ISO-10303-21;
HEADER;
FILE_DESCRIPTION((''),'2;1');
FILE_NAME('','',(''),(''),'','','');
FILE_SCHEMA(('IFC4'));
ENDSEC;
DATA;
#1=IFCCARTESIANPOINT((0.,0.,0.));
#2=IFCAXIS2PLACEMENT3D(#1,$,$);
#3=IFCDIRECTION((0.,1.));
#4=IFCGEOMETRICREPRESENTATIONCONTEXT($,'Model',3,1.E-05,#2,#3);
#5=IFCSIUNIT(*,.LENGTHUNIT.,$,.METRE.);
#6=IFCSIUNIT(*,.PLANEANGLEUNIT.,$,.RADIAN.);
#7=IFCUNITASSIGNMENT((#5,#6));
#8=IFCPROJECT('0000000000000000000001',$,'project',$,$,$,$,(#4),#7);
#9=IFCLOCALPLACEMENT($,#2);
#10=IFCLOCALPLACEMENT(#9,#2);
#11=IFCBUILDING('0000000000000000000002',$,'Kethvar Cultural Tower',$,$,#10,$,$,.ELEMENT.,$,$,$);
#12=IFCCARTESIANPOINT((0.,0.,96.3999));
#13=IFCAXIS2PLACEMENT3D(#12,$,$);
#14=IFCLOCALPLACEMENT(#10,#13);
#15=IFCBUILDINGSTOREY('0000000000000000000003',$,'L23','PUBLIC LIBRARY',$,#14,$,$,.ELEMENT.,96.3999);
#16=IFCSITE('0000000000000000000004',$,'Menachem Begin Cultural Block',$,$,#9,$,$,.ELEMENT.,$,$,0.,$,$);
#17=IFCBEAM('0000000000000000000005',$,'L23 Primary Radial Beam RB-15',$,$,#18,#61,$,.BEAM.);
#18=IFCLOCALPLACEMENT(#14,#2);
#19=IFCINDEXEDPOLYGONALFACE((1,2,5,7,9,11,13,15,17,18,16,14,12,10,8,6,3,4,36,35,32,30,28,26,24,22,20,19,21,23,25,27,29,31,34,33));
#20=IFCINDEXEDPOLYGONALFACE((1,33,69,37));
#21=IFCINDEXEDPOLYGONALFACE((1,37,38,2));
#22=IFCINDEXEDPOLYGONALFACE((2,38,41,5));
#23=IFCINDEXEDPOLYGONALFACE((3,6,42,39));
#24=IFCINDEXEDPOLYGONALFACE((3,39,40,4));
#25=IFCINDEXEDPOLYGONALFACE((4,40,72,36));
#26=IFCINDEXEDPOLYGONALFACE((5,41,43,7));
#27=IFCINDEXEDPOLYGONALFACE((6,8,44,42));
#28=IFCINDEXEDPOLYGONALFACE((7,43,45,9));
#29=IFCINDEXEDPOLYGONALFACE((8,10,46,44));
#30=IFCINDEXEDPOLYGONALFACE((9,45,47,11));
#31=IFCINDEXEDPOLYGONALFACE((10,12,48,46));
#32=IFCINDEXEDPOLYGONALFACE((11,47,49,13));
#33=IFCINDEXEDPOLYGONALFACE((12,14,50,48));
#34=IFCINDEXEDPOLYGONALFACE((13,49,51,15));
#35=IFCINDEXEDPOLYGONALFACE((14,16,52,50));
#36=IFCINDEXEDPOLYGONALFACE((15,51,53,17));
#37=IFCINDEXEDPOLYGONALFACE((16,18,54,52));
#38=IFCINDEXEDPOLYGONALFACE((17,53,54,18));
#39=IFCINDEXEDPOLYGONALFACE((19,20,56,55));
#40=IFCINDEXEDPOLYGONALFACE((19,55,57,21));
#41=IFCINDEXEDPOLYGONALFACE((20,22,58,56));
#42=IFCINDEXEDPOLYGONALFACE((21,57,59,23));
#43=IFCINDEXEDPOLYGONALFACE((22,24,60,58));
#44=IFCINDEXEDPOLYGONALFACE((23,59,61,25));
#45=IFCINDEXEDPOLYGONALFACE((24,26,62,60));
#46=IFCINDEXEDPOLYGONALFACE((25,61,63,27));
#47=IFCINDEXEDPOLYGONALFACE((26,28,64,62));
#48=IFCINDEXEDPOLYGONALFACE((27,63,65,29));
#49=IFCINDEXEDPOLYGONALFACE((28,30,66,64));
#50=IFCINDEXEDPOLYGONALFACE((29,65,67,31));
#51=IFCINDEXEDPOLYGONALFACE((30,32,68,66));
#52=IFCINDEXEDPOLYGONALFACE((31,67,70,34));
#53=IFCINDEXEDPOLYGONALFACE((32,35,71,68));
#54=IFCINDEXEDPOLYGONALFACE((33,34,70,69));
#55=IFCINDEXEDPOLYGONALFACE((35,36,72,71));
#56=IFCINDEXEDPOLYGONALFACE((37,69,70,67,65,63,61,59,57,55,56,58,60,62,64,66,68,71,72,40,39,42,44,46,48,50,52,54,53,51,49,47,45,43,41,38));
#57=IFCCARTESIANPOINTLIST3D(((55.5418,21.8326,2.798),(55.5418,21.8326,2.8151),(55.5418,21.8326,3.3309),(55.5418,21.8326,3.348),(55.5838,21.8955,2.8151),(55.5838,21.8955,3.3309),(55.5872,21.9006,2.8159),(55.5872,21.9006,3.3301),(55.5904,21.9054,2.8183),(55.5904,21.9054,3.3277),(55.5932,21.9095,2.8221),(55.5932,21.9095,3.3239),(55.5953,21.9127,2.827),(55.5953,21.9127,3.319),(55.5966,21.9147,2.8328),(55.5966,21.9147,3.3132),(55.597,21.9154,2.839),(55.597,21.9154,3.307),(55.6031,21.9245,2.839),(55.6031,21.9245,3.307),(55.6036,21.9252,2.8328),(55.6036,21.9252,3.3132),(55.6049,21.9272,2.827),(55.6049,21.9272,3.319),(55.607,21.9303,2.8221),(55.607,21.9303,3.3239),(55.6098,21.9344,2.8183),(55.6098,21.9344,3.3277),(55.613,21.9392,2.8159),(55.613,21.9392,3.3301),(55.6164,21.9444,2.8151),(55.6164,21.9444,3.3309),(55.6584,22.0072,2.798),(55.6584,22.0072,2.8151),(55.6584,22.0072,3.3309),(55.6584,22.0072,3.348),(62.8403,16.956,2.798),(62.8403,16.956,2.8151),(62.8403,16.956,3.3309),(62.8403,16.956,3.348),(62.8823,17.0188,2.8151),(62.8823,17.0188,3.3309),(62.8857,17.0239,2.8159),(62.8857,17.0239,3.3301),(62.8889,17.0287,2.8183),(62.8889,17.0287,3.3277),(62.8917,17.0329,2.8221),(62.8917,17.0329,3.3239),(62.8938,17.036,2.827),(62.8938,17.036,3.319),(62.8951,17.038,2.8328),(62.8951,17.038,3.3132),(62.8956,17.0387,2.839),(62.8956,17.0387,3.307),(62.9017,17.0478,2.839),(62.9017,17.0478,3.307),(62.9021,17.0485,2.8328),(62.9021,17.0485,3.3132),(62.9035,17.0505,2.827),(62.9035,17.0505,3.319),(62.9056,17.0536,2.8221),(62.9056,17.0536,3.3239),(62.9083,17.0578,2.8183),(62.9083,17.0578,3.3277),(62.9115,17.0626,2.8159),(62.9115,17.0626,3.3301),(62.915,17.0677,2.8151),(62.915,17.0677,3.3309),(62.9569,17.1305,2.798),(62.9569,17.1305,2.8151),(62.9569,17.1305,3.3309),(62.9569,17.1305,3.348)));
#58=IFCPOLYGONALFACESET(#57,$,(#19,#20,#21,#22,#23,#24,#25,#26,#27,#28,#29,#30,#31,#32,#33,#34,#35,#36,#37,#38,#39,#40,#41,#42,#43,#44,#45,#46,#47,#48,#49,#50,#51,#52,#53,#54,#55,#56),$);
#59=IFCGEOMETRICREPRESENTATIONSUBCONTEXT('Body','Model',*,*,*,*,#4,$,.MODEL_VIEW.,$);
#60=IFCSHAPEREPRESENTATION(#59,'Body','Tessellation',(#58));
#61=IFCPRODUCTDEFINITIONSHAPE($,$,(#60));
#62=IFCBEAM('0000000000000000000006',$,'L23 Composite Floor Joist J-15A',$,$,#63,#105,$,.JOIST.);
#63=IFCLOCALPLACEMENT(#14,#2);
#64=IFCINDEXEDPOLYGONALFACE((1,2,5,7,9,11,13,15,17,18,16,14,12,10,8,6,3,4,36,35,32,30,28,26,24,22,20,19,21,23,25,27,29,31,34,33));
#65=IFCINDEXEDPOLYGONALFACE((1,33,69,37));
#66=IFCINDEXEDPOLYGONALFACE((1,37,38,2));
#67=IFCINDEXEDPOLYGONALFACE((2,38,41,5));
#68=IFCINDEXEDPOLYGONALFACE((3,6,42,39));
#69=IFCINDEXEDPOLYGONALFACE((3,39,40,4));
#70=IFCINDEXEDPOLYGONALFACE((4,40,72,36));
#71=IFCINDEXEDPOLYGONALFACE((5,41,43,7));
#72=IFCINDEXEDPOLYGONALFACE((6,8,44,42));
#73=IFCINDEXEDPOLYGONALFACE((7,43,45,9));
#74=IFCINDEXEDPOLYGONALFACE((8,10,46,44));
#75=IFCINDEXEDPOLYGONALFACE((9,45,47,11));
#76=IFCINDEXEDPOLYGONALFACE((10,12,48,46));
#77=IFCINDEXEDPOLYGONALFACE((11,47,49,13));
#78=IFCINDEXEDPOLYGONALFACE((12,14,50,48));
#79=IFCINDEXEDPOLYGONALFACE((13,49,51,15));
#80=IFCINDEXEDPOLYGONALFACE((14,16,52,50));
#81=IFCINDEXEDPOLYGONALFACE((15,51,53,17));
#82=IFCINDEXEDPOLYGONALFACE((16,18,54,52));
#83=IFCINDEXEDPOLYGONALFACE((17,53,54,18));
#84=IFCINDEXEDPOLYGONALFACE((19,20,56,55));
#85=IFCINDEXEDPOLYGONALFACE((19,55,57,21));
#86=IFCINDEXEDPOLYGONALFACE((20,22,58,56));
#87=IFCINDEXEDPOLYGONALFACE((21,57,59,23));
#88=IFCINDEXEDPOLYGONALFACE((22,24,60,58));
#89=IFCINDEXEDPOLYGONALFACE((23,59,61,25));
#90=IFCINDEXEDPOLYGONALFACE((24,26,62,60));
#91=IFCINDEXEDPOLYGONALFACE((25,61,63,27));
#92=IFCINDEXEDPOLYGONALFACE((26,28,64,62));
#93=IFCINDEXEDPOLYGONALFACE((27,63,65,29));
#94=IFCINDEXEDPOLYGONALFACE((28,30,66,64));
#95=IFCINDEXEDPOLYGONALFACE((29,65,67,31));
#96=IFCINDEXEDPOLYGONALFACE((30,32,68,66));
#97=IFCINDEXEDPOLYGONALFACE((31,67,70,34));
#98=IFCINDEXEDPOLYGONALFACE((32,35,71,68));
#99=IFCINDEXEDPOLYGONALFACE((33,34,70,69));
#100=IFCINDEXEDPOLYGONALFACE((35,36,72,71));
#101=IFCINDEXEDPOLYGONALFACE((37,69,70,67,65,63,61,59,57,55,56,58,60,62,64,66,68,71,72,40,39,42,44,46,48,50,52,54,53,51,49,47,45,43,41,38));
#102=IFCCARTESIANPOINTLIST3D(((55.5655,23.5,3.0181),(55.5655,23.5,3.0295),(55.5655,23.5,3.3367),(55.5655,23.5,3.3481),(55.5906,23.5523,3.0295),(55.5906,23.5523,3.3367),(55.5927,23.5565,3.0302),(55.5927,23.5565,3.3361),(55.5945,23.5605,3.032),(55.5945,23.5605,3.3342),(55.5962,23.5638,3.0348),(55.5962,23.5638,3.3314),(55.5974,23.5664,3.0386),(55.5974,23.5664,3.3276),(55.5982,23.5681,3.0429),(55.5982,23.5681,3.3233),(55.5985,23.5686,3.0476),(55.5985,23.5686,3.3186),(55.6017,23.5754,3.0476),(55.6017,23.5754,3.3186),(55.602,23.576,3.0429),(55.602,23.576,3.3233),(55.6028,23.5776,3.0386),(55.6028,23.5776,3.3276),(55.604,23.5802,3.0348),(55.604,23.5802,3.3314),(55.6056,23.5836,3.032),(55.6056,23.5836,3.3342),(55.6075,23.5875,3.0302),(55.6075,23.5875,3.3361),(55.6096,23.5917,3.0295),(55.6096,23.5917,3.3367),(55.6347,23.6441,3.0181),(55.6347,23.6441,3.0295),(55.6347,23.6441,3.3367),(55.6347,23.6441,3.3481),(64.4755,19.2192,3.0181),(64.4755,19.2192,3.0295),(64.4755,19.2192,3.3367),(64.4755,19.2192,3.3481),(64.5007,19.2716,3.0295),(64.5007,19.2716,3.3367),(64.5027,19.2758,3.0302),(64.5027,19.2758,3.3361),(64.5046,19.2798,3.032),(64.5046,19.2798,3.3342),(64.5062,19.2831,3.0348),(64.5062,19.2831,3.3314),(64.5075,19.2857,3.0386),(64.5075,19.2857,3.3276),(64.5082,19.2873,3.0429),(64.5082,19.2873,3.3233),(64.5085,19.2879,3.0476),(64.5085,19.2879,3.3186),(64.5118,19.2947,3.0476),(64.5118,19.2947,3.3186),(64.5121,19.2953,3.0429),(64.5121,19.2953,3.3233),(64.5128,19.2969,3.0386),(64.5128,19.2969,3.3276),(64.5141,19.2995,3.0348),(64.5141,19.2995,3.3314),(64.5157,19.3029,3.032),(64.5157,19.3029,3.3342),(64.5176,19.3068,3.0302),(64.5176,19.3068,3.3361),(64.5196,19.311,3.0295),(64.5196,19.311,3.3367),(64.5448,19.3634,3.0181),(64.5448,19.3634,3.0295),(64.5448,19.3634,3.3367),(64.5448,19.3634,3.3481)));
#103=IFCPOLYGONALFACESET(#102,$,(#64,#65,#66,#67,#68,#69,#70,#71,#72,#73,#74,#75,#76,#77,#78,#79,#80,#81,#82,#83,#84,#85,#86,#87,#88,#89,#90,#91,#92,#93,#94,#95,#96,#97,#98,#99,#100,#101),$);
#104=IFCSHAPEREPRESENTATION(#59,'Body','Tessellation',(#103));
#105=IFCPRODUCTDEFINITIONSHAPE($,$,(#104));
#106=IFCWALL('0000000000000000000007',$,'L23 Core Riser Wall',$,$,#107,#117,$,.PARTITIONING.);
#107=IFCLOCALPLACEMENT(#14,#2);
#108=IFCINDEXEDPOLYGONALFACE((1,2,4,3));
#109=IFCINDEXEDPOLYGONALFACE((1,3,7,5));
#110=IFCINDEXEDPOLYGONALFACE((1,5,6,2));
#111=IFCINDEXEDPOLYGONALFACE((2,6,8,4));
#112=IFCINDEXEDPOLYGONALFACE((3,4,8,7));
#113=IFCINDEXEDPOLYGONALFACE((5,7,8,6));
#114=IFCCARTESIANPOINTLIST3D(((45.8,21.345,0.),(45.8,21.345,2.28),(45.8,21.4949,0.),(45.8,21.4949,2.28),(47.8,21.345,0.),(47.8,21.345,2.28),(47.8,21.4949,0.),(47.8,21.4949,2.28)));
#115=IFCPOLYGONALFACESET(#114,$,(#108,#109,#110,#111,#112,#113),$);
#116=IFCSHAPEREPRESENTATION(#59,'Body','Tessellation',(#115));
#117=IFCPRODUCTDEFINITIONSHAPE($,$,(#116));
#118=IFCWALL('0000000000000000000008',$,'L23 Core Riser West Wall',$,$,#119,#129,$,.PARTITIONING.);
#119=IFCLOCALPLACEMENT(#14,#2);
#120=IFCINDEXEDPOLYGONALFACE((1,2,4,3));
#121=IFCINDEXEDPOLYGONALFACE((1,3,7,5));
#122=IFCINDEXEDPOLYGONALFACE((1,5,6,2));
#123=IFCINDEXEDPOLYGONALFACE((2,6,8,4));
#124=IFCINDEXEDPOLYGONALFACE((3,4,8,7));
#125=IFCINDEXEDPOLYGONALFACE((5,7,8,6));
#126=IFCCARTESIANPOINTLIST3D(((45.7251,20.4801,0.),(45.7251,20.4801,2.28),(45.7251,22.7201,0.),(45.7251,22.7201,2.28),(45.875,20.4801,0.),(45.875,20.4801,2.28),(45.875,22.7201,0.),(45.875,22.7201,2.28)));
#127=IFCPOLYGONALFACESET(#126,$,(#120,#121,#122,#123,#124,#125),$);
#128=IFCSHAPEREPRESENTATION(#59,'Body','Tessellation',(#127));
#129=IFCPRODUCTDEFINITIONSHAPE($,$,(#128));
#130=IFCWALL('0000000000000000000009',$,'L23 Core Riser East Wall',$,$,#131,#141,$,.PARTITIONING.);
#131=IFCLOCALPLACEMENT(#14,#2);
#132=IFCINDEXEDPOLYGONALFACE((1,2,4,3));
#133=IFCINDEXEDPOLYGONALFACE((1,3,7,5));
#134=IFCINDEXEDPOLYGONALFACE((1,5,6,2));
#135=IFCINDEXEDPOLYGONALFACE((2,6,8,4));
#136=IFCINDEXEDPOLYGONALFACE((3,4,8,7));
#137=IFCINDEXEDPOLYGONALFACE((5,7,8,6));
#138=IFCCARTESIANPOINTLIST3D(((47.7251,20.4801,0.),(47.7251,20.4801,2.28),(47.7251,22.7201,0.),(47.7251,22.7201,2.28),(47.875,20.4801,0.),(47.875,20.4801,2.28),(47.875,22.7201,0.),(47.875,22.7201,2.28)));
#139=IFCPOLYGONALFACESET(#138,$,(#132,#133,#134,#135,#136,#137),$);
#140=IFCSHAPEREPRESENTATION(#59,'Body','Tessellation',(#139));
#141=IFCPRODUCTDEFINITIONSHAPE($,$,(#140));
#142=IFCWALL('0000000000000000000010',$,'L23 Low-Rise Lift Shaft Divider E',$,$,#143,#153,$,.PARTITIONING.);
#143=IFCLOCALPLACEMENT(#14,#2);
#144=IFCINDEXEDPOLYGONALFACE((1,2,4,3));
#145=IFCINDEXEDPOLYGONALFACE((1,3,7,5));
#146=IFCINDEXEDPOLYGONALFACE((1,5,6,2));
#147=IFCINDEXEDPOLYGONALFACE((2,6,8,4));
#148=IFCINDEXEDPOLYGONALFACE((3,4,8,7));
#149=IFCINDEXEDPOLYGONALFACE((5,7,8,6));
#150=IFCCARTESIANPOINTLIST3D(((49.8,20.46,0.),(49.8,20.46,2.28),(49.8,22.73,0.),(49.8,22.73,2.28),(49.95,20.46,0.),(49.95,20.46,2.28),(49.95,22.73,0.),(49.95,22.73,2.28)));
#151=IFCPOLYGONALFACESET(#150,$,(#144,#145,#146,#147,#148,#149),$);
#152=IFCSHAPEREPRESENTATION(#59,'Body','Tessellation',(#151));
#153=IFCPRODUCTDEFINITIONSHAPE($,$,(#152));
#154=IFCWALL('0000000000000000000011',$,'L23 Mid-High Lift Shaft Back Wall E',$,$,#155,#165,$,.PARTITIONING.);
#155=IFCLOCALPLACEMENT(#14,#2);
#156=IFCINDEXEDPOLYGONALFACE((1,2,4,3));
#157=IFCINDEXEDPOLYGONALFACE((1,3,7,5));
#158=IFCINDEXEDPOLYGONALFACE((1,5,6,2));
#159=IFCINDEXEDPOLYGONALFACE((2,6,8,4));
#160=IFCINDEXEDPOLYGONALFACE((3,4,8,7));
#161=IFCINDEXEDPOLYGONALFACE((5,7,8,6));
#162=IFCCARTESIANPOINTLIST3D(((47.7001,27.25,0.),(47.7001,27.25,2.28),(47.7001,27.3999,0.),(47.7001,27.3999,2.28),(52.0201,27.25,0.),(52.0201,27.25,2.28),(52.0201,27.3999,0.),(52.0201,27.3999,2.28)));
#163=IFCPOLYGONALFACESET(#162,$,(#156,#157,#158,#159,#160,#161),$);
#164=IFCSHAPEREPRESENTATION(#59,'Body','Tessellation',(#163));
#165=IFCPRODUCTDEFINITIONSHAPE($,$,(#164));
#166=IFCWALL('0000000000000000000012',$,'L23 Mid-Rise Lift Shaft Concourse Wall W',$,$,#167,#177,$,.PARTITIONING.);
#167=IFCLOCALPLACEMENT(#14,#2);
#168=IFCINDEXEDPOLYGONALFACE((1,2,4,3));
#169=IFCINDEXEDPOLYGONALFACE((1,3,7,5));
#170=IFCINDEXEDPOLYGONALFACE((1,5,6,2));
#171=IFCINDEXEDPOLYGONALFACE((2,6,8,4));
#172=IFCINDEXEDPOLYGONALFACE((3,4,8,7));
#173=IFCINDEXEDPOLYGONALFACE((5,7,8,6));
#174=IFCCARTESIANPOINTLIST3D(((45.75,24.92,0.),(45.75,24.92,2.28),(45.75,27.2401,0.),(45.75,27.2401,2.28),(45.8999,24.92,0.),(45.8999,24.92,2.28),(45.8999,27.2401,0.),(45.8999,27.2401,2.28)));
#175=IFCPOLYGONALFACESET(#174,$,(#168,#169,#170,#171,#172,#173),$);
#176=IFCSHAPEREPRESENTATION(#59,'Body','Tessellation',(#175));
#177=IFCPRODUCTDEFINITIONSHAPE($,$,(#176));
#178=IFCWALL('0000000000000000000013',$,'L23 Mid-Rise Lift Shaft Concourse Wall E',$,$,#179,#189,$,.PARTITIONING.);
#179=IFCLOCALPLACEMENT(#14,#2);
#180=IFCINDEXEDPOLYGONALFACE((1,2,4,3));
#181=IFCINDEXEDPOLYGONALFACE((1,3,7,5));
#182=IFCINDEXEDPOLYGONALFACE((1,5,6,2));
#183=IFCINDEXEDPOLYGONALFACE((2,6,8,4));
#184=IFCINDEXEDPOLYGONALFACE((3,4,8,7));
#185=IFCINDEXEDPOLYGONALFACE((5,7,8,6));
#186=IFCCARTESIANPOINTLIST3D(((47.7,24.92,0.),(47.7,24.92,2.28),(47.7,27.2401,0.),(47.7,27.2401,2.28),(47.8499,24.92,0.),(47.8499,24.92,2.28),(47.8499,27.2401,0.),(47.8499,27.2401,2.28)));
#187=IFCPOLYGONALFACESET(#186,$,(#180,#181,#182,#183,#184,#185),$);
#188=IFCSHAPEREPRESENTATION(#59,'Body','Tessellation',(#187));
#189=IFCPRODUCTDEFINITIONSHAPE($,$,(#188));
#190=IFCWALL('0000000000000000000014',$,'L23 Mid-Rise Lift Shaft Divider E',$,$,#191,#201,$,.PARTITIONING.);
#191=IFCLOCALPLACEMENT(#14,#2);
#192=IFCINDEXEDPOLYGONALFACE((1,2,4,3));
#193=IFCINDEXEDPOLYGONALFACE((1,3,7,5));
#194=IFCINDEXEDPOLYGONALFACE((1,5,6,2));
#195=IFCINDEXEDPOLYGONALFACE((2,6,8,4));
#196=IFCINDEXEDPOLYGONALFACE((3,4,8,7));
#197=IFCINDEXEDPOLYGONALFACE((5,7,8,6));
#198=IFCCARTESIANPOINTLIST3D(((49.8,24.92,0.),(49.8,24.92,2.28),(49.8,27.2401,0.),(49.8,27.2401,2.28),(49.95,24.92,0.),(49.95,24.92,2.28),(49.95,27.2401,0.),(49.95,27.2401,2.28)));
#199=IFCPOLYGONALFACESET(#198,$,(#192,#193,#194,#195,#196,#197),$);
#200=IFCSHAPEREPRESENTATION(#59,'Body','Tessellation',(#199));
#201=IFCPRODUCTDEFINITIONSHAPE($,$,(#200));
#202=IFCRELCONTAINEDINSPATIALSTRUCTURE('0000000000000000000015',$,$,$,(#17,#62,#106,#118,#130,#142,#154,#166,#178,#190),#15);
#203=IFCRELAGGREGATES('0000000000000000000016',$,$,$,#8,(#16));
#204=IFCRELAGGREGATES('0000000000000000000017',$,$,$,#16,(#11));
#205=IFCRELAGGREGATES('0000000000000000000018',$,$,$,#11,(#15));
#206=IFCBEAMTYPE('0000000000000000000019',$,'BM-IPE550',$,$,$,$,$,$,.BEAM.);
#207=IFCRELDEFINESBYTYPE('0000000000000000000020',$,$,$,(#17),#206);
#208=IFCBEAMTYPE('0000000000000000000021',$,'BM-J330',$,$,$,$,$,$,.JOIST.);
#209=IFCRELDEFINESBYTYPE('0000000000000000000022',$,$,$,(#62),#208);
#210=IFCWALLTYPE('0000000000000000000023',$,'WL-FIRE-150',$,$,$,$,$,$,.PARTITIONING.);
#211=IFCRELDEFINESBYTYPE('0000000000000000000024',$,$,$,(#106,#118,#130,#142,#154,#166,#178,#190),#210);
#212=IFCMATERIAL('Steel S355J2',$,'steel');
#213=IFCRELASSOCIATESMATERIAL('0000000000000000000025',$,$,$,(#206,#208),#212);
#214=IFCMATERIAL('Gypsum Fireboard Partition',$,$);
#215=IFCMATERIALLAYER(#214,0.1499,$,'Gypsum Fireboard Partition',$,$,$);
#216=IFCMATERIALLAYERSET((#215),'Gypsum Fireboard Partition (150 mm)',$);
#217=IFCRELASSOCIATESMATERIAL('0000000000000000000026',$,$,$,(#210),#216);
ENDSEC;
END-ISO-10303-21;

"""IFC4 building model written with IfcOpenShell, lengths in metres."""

from ifc_helpers import new_model, si_unit, direction, frame, frame_2d, origin, origin_2d, place, context, subcontext, project, spatial, rectangle, i_section, extrude, source, transform, mapped, material, layer, layer_set, material_profile, profile_set, type_object, element, save


model = new_model("IFC4")

# Units and contexts
model_context = context("Model", 3, precision=1e-05, world=origin(), true_north=direction((0.0, 1.0)))
body_context = subcontext(model_context, "Body", "Model", "MODEL_VIEW")
ifc_project = project(units=[si_unit("LENGTHUNIT", "METRE"), si_unit("PLANEANGLEUNIT", "RADIAN")], contexts=[model_context])

# Site, building, storey
site_placement = place(None, origin())
site = spatial("IfcSite", under=ifc_project, at=site_placement, Name="Menachem Begin Cultural Block", CompositionType="ELEMENT", RefElevation=0.0)
building_placement = place(site_placement, origin())
building = spatial("IfcBuilding", under=site, at=building_placement, Name="Kethvar Cultural Tower", CompositionType="ELEMENT")
storey_placement = place(building_placement, frame((0.0, 0.0, 96.3999)))
storey = spatial("IfcBuildingStorey", under=building, at=storey_placement, Name="L23", Description="PUBLIC LIBRARY", CompositionType="ELEMENT", Elevation=96.3999)

# Beams
ifc_material_1 = material(Name="Steel S355J2", Category="steel")
ifc_material_profile_1 = material_profile(ifc_material_1, i_section(OverallWidth=0.21, OverallDepth=0.55, WebThickness=0.011, FlangeThickness=0.0171, FilletRadius=0.0239, at=origin_2d()), Name="Steel S355J2 — IPE550")
ifc_profile_set_1 = profile_set([ifc_material_profile_1], Name="Steel S355J2 — IPE550")
beam_type_1 = type_object("IfcBeamType", Name="BM-IPE550", PredefinedType="BEAM", material=ifc_profile_set_1)
shared_shape_1 = source(origin(), body_context, "Body", "SweptSolid", [
    extrude(i_section(OverallWidth=0.21, OverallDepth=0.55, WebThickness=0.011, FlangeThickness=0.0171, FilletRadius=0.0239, at=origin_2d()), origin(), (0.0, 0.0, 1.0), 8.7778),
])
beam_1_placement = place(storey_placement, frame((55.6001, 21.9199, 3.073), z_axis=(0.831472, -0.555566, 0.0), x_axis=(0.555566, 0.831472, 0.0)))
element("IfcBeam", 1, at=beam_1_placement, inside=storey, type_object=beam_type_1, Name="L23 Primary Radial Beam RB-15", PredefinedType="BEAM", context=body_context, shape_type="MappedRepresentation", body=[
    mapped(shared_shape_1, transform((0.0, 0.0, 0.0), scale=1.0)),
])
ifc_material_profile_2 = material_profile(ifc_material_1, i_section(OverallWidth=0.1599, OverallDepth=0.3301, WebThickness=0.0076, FlangeThickness=0.0115, FilletRadius=0.0181, at=origin_2d()), Name="Steel S355J2 — IPE330")
ifc_profile_set_2 = profile_set([ifc_material_profile_2], Name="Steel S355J2 — IPE330")
beam_type_2 = type_object("IfcBeamType", Name="BM-J330", PredefinedType="JOIST", material=ifc_profile_set_2)
shared_shape_2 = source(origin(), body_context, "Body", "SweptSolid", [
    extrude(i_section(OverallWidth=0.1599, OverallDepth=0.3301, WebThickness=0.0076, FlangeThickness=0.0115, FilletRadius=0.0181, at=origin_2d()), origin(), (0.0, 0.0, 1.0), 9.885),
])
beam_2_placement = place(storey_placement, frame((55.6001, 23.572, 3.1831), z_axis=(0.90137, -0.433051, 0.0), x_axis=(0.433051, 0.90137, 0.0)))
element("IfcBeam", 2, at=beam_2_placement, inside=storey, type_object=beam_type_2, Name="L23 Composite Floor Joist J-15A", PredefinedType="JOIST", context=body_context, shape_type="MappedRepresentation", body=[
    mapped(shared_shape_2, transform((0.0, 0.0, 0.0), scale=1.0)),
])

# Walls
ifc_material_2 = material(Name="Gypsum Fireboard Partition")
ifc_layer_1 = layer(ifc_material_2, 0.1499, Name="Gypsum Fireboard Partition")
ifc_layer_set_1 = layer_set([ifc_layer_1], Name="Gypsum Fireboard Partition (150 mm)")
wall_type_1 = type_object("IfcWallType", Name="WL-FIRE-150", PredefinedType="PARTITIONING", material=ifc_layer_set_1)
wall_1_placement = place(storey_placement, frame((45.8, 21.4199, 0.0), z_axis=(0.0, 0.0, 1.0), x_axis=(1.0, 0.0, 0.0)))
element("IfcWall", 3, at=wall_1_placement, inside=storey, type_object=wall_type_1, Name="L23 Core Riser Wall", PredefinedType="PARTITIONING", context=body_context, shape_type="SweptSolid", body=[
    extrude(rectangle(XDim=2.0, YDim=0.1499, at=frame_2d((1.0, 0.0))), origin(), (0.0, 0.0, 1.0), 2.28),
])
for number, where, z_axis, x_axis, name in (
    (4, (45.8, 20.48, 0.0), (0.0, 0.0, 1.0), (0.0, 1.0, 0.0), "L23 Core Riser West Wall"),
    (5, (47.8, 20.48, 0.0), (0.0, 0.0, 1.0), (0.0, 1.0, 0.0), "L23 Core Riser East Wall"),
):
    element("IfcWall", number, at=place(storey_placement, frame(where, z_axis=z_axis, x_axis=x_axis)), inside=storey, type_object=wall_type_1, Name=name, PredefinedType="PARTITIONING", context=body_context, shape_type="SweptSolid", body=[
        extrude(rectangle(XDim=2.24, YDim=0.1499, at=frame_2d((1.1201, 0.0))), origin(), (0.0, 0.0, 1.0), 2.28),
    ])
wall_2_placement = place(storey_placement, frame((49.875, 20.46, 0.0), z_axis=(0.0, 0.0, 1.0), x_axis=(0.0, 1.0, 0.0)))
element("IfcWall", 6, at=wall_2_placement, inside=storey, type_object=wall_type_1, Name="L23 Low-Rise Lift Shaft Divider E", PredefinedType="PARTITIONING", context=body_context, shape_type="SweptSolid", body=[
    extrude(rectangle(XDim=2.27, YDim=0.1499, at=frame_2d((1.135, 0.0))), origin(), (0.0, 0.0, 1.0), 2.28),
])
wall_3_placement = place(storey_placement, frame((47.7, 27.325, 0.0), z_axis=(0.0, 0.0, 1.0), x_axis=(1.0, 0.0, 0.0)))
element("IfcWall", 7, at=wall_3_placement, inside=storey, type_object=wall_type_1, Name="L23 Mid-High Lift Shaft Back Wall E", PredefinedType="PARTITIONING", context=body_context, shape_type="SweptSolid", body=[
    extrude(rectangle(XDim=4.3201, YDim=0.1499, at=frame_2d((2.1602, 0.0))), origin(), (0.0, 0.0, 1.0), 2.28),
])
for number, where, z_axis, x_axis, name in (
    (8, (45.825, 24.9199, 0.0), (0.0, 0.0, 1.0), (0.0, 1.0, 0.0), "L23 Mid-Rise Lift Shaft Concourse Wall W"),
    (9, (47.7749, 24.9199, 0.0), (0.0, 0.0, 1.0), (0.0, 1.0, 0.0), "L23 Mid-Rise Lift Shaft Concourse Wall E"),
    (10, (49.875, 24.9199, 0.0), (0.0, 0.0, 1.0), (0.0, 1.0, 0.0), "L23 Mid-Rise Lift Shaft Divider E"),
):
    element("IfcWall", number, at=place(storey_placement, frame(where, z_axis=z_axis, x_axis=x_axis)), inside=storey, type_object=wall_type_1, Name=name, PredefinedType="PARTITIONING", context=body_context, shape_type="SweptSolid", body=[
        extrude(rectangle(XDim=2.3201, YDim=0.1499, at=frame_2d((1.1602, 0.0))), origin(), (0.0, 0.0, 1.0), 2.28),
    ])

save(model, "model.ifc")
